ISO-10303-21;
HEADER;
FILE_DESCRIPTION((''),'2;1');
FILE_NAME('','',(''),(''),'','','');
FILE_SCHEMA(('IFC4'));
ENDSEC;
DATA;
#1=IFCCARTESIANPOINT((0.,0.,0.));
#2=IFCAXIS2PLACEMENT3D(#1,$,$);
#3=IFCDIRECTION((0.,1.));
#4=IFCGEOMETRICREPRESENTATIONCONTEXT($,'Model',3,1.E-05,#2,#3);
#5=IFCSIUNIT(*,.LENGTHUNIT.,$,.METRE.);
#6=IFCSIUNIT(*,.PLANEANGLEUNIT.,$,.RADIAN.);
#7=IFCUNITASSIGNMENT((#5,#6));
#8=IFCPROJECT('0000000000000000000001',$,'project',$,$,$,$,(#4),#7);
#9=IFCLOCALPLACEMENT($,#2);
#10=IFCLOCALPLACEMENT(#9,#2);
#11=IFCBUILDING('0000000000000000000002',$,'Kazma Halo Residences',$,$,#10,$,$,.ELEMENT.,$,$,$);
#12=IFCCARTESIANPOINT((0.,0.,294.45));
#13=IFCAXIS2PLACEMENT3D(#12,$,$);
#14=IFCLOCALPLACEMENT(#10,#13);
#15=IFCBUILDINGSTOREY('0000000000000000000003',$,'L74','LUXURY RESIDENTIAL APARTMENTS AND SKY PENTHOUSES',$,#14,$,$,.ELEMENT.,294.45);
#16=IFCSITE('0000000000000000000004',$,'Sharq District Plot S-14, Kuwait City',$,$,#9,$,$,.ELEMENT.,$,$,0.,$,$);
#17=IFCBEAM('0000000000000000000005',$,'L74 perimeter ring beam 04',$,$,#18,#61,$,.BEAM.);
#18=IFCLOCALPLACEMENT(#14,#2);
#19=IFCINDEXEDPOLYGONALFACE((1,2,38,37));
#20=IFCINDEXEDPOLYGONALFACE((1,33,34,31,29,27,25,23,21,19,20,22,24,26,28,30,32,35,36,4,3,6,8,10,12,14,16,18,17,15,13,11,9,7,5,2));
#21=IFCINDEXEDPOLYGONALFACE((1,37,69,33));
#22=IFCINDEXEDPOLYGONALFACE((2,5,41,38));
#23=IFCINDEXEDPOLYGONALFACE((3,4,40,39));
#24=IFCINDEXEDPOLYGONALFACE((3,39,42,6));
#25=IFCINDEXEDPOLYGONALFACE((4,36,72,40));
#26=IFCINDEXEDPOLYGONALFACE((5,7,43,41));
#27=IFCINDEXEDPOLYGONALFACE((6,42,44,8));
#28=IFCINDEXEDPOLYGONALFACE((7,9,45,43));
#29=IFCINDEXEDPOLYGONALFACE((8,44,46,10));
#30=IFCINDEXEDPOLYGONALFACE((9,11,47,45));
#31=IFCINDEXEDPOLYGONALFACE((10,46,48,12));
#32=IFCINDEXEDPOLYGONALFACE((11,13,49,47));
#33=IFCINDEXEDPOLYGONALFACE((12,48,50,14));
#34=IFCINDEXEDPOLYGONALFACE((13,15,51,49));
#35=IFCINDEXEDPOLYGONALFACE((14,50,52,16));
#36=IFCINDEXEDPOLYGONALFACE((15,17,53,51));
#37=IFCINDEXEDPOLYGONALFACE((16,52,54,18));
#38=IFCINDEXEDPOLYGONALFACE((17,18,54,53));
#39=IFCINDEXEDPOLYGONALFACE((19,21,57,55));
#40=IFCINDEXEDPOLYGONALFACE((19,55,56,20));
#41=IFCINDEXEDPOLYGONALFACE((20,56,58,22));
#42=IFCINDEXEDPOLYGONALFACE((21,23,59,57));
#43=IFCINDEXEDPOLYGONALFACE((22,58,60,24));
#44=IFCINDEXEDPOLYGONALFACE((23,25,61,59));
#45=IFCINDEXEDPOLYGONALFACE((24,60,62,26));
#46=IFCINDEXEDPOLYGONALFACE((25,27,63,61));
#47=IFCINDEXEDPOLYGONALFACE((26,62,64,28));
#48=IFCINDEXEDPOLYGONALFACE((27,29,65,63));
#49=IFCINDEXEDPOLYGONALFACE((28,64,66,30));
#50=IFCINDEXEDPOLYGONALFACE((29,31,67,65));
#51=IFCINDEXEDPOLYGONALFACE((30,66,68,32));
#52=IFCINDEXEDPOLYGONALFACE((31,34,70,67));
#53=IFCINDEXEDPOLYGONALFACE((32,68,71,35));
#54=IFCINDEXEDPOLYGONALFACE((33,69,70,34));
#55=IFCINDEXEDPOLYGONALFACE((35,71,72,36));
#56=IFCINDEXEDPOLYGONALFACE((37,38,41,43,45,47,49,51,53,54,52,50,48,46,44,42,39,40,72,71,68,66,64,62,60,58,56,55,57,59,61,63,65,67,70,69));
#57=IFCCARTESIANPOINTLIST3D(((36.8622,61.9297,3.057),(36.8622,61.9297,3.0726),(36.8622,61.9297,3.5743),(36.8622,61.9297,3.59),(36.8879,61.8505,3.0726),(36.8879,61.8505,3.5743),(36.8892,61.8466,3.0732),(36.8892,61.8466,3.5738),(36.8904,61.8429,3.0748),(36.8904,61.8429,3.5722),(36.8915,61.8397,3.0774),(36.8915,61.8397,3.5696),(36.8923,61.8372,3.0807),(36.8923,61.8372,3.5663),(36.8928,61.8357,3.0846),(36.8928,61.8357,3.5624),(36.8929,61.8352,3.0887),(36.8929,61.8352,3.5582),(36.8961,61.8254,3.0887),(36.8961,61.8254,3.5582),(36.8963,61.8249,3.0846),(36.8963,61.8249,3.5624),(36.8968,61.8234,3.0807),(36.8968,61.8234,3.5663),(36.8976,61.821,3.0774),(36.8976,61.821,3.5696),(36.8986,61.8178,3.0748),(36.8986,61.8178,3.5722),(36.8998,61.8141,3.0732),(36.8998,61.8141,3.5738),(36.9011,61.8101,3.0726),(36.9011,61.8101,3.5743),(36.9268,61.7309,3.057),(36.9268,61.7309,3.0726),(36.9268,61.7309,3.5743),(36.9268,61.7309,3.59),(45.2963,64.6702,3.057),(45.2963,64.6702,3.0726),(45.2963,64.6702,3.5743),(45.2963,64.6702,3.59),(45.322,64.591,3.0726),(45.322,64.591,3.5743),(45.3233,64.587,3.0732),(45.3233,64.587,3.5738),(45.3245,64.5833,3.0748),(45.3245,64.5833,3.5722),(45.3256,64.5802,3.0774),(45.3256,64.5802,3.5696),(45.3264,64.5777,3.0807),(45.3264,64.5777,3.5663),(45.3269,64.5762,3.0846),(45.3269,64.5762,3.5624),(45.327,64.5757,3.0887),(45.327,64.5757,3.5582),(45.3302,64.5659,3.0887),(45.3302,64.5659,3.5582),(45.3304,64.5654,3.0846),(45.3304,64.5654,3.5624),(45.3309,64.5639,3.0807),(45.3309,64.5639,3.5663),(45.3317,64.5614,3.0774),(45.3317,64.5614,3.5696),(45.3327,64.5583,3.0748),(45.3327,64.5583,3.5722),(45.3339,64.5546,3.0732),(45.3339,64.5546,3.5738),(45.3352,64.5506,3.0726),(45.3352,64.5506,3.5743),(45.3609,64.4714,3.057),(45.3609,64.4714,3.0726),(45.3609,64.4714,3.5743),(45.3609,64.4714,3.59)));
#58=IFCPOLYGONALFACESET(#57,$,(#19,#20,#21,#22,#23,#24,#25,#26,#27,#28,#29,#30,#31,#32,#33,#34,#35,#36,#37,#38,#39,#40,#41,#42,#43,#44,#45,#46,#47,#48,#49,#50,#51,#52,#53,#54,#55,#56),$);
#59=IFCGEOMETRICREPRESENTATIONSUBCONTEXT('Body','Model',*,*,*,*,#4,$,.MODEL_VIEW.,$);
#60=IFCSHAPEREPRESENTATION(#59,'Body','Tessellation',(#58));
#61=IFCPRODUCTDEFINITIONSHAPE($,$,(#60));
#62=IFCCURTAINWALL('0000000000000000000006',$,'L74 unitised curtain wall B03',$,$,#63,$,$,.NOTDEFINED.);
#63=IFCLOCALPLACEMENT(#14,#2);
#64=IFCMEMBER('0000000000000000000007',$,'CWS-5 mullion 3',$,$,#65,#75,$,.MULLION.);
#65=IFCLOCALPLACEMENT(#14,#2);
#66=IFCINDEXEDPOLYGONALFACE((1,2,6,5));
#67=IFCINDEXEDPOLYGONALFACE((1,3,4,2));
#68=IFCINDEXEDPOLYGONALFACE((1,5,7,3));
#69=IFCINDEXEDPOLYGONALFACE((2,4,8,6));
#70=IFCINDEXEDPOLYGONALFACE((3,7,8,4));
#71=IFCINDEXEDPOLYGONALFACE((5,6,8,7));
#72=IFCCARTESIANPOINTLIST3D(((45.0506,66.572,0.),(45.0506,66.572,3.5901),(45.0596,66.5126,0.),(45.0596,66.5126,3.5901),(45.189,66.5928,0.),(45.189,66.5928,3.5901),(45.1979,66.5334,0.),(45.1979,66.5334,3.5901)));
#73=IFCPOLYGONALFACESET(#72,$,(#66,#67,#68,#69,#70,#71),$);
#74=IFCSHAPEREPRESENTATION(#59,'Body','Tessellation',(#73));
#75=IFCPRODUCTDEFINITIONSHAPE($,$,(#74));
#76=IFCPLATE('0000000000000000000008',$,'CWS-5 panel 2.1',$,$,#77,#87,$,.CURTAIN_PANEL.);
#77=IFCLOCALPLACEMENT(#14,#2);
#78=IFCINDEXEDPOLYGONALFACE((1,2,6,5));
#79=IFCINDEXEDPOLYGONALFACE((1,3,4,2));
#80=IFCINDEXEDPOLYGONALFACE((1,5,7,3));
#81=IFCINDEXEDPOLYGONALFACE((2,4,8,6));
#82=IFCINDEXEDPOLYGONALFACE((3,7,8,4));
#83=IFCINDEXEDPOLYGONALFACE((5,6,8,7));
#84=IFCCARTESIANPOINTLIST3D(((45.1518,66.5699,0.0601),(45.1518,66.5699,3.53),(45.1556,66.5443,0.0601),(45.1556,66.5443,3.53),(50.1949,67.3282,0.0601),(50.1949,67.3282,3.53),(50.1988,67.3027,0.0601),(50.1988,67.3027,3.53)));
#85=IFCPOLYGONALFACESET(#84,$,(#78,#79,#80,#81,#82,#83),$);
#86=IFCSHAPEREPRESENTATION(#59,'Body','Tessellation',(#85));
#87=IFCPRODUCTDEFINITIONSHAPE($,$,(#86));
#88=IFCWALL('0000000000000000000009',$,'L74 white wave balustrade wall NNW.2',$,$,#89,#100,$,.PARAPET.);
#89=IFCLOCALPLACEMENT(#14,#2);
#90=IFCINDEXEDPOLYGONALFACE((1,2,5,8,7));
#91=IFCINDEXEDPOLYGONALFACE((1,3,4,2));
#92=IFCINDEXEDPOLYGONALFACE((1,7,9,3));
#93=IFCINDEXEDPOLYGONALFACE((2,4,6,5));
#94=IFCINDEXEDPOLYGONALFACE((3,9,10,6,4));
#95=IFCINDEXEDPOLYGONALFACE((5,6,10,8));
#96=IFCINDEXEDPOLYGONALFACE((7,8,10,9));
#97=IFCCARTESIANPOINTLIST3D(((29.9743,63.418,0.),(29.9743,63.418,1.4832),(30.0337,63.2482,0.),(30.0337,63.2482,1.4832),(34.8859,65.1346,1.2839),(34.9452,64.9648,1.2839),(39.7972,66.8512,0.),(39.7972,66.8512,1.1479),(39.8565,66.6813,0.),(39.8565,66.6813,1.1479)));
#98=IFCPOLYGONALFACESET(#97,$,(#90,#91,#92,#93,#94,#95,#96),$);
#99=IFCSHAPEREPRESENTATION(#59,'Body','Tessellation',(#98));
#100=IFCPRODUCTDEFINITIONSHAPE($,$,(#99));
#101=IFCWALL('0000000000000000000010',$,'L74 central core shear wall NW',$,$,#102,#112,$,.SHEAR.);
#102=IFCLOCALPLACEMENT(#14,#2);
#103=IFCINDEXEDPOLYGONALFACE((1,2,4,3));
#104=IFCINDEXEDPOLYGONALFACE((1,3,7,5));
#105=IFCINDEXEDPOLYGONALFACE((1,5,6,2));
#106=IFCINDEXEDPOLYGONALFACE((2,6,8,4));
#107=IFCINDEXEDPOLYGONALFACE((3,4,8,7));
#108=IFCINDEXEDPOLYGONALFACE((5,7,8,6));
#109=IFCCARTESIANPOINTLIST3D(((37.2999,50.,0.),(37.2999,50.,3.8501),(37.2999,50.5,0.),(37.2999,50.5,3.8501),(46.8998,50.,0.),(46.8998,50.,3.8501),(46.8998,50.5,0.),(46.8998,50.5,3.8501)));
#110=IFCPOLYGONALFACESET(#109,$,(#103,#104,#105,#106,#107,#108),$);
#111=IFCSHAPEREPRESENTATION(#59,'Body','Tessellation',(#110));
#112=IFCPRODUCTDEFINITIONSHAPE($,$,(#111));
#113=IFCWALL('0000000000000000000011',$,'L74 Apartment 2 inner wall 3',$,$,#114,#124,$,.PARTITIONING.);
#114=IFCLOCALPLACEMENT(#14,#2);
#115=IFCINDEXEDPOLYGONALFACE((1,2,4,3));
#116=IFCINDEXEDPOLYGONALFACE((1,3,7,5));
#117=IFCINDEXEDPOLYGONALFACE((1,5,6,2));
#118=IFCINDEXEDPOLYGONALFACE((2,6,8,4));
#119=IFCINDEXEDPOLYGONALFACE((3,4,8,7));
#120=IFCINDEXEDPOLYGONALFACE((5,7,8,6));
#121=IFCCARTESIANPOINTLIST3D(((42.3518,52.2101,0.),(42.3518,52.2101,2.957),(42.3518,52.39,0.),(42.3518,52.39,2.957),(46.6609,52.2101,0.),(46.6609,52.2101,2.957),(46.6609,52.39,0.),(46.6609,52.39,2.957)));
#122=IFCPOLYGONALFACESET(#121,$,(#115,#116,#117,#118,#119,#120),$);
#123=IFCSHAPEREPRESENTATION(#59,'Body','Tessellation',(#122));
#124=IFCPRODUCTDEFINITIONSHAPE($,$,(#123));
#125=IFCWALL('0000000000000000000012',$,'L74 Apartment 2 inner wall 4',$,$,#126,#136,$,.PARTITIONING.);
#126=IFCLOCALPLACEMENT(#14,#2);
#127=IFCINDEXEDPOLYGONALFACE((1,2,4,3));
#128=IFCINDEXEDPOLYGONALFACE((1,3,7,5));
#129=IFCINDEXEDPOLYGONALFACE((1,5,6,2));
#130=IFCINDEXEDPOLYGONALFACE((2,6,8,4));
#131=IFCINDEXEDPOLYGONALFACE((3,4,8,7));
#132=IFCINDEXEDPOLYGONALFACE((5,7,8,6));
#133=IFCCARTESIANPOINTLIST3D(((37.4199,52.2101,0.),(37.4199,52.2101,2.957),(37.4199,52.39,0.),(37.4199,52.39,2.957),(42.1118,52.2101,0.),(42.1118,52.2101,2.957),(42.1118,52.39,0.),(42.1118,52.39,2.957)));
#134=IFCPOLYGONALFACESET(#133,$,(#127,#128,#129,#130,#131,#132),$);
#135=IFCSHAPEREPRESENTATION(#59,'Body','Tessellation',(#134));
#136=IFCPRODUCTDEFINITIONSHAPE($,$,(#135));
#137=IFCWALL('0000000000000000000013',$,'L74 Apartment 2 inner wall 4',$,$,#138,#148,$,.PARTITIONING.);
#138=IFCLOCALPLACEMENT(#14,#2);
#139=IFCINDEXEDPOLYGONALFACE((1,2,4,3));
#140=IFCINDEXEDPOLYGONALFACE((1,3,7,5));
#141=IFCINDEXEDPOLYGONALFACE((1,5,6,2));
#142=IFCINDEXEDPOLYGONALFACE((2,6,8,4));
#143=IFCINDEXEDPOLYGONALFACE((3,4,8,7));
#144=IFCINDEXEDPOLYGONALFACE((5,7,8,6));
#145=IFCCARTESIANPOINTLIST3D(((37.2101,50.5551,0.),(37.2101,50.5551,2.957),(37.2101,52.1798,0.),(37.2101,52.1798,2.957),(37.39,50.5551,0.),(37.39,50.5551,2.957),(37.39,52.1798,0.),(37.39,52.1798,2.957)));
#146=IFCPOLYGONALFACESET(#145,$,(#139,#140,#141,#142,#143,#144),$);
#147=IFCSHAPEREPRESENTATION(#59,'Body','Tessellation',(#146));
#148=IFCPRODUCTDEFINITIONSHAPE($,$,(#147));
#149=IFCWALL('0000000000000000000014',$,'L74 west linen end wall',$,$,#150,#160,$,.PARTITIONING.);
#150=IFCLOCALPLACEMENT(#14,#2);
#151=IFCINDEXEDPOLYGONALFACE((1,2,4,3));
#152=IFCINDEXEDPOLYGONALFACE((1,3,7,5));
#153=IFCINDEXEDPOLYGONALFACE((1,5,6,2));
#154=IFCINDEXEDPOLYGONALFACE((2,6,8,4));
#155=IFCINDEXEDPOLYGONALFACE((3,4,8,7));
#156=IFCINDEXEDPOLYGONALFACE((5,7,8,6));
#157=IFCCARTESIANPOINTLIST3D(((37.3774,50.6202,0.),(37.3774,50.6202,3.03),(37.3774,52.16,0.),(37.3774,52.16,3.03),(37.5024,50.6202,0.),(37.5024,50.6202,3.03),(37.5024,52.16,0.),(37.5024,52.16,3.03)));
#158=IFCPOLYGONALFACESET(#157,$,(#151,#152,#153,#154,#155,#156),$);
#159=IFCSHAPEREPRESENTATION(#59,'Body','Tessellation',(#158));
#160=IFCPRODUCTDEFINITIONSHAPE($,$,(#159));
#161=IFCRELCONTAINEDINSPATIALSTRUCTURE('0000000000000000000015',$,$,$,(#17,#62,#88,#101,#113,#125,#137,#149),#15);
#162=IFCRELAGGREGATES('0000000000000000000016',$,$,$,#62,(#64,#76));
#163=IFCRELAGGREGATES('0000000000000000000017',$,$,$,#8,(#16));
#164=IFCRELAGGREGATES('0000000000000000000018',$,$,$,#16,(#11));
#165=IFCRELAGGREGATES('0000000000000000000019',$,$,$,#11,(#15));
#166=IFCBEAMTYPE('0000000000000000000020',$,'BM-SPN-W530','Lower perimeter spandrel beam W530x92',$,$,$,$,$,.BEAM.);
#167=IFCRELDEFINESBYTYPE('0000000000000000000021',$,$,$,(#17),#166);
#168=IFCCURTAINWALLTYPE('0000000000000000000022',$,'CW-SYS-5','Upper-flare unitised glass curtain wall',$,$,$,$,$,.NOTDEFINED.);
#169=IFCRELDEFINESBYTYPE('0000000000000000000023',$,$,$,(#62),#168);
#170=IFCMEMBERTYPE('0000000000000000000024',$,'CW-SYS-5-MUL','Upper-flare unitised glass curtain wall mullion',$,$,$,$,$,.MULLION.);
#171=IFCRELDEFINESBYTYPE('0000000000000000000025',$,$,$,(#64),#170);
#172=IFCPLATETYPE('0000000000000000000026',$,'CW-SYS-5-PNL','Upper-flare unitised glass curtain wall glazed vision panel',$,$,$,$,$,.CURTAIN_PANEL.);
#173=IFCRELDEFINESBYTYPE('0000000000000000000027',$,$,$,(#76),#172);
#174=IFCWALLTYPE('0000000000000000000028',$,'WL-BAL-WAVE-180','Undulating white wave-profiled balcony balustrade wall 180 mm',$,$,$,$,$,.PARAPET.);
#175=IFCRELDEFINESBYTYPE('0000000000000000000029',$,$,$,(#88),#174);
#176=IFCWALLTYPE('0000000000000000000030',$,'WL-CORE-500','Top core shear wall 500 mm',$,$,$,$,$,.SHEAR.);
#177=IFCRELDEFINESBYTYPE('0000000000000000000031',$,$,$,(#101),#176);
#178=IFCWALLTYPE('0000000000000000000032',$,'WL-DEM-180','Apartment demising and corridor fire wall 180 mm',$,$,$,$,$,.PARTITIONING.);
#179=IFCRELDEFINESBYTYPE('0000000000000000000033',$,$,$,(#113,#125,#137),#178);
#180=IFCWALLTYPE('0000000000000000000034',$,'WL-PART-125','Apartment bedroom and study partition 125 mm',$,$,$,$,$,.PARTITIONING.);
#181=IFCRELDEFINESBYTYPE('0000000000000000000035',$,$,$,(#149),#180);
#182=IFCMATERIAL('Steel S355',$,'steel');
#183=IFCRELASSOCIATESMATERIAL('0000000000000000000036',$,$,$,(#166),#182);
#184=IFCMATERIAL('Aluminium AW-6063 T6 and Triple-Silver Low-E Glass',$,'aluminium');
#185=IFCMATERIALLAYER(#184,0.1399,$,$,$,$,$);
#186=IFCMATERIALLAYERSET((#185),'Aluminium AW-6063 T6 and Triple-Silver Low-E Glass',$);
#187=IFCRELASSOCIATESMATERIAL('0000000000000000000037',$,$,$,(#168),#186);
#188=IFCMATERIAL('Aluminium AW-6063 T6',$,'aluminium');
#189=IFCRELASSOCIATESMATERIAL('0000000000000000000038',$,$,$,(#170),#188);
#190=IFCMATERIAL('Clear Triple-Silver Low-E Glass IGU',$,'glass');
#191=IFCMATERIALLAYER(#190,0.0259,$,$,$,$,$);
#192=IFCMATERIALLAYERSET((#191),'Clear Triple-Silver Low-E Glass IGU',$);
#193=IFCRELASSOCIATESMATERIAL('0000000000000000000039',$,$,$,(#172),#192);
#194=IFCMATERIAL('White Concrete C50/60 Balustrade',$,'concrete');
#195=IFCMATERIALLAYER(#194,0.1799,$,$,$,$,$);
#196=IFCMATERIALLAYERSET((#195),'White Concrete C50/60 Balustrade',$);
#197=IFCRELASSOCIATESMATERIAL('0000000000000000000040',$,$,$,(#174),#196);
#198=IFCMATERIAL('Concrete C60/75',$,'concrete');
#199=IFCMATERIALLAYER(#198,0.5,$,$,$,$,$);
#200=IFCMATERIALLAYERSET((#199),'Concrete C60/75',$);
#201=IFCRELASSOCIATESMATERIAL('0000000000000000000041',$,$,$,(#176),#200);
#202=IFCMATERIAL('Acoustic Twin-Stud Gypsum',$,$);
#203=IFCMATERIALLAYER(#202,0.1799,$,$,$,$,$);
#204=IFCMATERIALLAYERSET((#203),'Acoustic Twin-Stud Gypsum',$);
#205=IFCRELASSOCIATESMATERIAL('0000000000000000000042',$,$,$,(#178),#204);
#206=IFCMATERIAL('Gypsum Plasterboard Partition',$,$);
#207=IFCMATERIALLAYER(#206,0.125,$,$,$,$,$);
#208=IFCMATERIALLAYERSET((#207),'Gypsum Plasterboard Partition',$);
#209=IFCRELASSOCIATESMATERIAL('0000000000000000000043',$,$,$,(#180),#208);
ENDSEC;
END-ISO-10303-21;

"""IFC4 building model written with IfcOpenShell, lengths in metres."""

from ifc_helpers import new_model, si_unit, direction, frame, frame_2d, origin, origin_2d, place, context, subcontext, project, spatial, polyline, rectangle, i_section, outline, extrude, material, layer, layer_set, material_profile, profile_set, type_object, element, aggregate, save


model = new_model("IFC4")

# Units and contexts
model_context = context("Model", 3, precision=1e-05, world=origin(), true_north=direction((0.0, 1.0)))
body_context = subcontext(model_context, "Body", "Model", "MODEL_VIEW")
ifc_project = project(units=[si_unit("LENGTHUNIT", "METRE"), si_unit("PLANEANGLEUNIT", "RADIAN")], contexts=[model_context])

# Site, building, storey
site_placement = place(None, origin())
site = spatial("IfcSite", under=ifc_project, at=site_placement, Name="Sharq District Plot S-14, Kuwait City", CompositionType="ELEMENT", RefElevation=0.0)
building_placement = place(site_placement, origin())
building = spatial("IfcBuilding", under=site, at=building_placement, Name="Kazma Halo Residences", CompositionType="ELEMENT")
storey_placement = place(building_placement, frame((0.0, 0.0, 294.45)))
storey = spatial("IfcBuildingStorey", under=building, at=storey_placement, Name="L74", Description="LUXURY RESIDENTIAL APARTMENTS AND SKY PENTHOUSES", CompositionType="ELEMENT", Elevation=294.45)

# Shared definitions
ifc_material_1 = material(Name="Concrete C60/75", Category="concrete")

# Beam
ifc_material_2 = material(Name="Steel S355", Category="steel")
ifc_material_profile_1 = material_profile(ifc_material_2, i_section(OverallWidth=0.209, OverallDepth=0.533, WebThickness=0.0103, FlangeThickness=0.0156, FilletRadius=0.0161, at=origin_2d()), Name="W530x92")
ifc_profile_set_1 = profile_set([ifc_material_profile_1], Name="Steel S355")
beam_type_1 = type_object("IfcBeamType", Name="BM-SPN-W530", Description="Lower perimeter spandrel beam W530x92", PredefinedType="BEAM", material=ifc_profile_set_1)
beam_1_placement = place(storey_placement, frame((45.3286, 64.5708, 3.3235), z_axis=(-0.951054, -0.309025, 0.0), x_axis=(0.309025, -0.951054, 0.0)))
element("IfcBeam", 1, at=beam_1_placement, inside=storey, type_object=beam_type_1, Name="L74 perimeter ring beam 04", PredefinedType="BEAM", context=body_context, shape_type="SweptSolid", body=[
    extrude(i_section(OverallWidth=0.209, OverallDepth=0.533, WebThickness=0.0103, FlangeThickness=0.0156, FilletRadius=0.0161, at=origin_2d()), origin(), (0.0, 0.0, 1.0), 8.8682),
])

# Curtain wall, member, plate
ifc_material_3 = material(Name="Aluminium AW-6063 T6 and Triple-Silver Low-E Glass", Category="aluminium")
ifc_layer_1 = layer(ifc_material_3, 0.1399)
ifc_layer_set_1 = layer_set([ifc_layer_1], Name="Aluminium AW-6063 T6 and Triple-Silver Low-E Glass")
curtain_wall_type = type_object("IfcCurtainWallType", Name="CW-SYS-5", Description="Upper-flare unitised glass curtain wall", PredefinedType="NOTDEFINED", material=ifc_layer_set_1)
curtain_wall_placement = place(storey_placement, origin())
curtain_wall = element("IfcCurtainWall", 2, at=curtain_wall_placement, inside=storey, type_object=curtain_wall_type, Name="L74 unitised curtain wall B03", PredefinedType="NOTDEFINED")
ifc_material_4 = material(Name="Aluminium AW-6063 T6", Category="aluminium")
ifc_material_profile_2 = material_profile(ifc_material_4, rectangle(XDim=0.0601, YDim=0.1399, at=origin_2d()), Name="CWM-60x140")
ifc_profile_set_2 = profile_set([ifc_material_profile_2], Name="Aluminium AW-6063 T6")
member_type = type_object("IfcMemberType", Name="CW-SYS-5-MUL", Description="Upper-flare unitised glass curtain wall mullion", PredefinedType="MULLION", material=ifc_profile_set_2)
member_placement = place(storey_placement, frame((45.1243, 66.5527, 0.0), z_axis=(0.0, 0.0, 1.0), x_axis=(0.148697, -0.988883, 0.0)))
member = element("IfcMember", 3, at=member_placement, type_object=member_type, Name="CWS-5 mullion 3", PredefinedType="MULLION", context=body_context, shape_type="SweptSolid", body=[
    extrude(rectangle(XDim=0.0601, YDim=0.1399, at=origin_2d()), origin(), (0.0, 0.0, 1.0), 3.5901),
])
ifc_material_5 = material(Name="Clear Triple-Silver Low-E Glass IGU", Category="glass")
ifc_layer_2 = layer(ifc_material_5, 0.0259)
ifc_layer_set_2 = layer_set([ifc_layer_2], Name="Clear Triple-Silver Low-E Glass IGU")
plate_type = type_object("IfcPlateType", Name="CW-SYS-5-PNL", Description="Upper-flare unitised glass curtain wall glazed vision panel", PredefinedType="CURTAIN_PANEL", material=ifc_layer_set_2)
plate_placement = place(storey_placement, frame((47.6753, 66.9363, 0.0601), z_axis=(0.0, 0.0, 1.0), x_axis=(-0.988883, -0.148697, 0.0)))
plate = element("IfcPlate", 4, at=plate_placement, type_object=plate_type, Name="CWS-5 panel 2.1", PredefinedType="CURTAIN_PANEL", context=body_context, shape_type="SweptSolid", body=[
    extrude(rectangle(XDim=5.0999, YDim=0.0259, at=origin_2d()), origin(), (0.0, 0.0, 1.0), 3.47),
])
aggregate(curtain_wall, [member, plate])

# Walls
ifc_material_6 = material(Name="White Concrete C50/60 Balustrade", Category="concrete")
ifc_layer_3 = layer(ifc_material_6, 0.1799)
ifc_layer_set_3 = layer_set([ifc_layer_3], Name="White Concrete C50/60 Balustrade")
wall_type_1 = type_object("IfcWallType", Name="WL-BAL-WAVE-180", Description="Undulating white wave-profiled balcony balustrade wall 180 mm", PredefinedType="PARAPET", material=ifc_layer_set_3)
wall_1_placement = place(storey_placement, frame((39.8269, 66.7661, 0.0), z_axis=(0.0, 0.0, 1.0), x_axis=(-0.944004, -0.329934, 0.0)))
element("IfcWall", 5, at=wall_1_placement, inside=storey, type_object=wall_type_1, Name="L74 white wave balustrade wall NNW.2", PredefinedType="PARAPET", context=body_context, shape_type="SweptSolid", body=[
    extrude(outline(polyline([(0.0, 0.0), (10.4055, 0.0), (10.4055, 1.4832), (5.2026, 1.2839), (0.0, 1.1479), (0.0, 0.0)])), frame((0.0, 0.0898, 0.0), z_axis=(0.0, -1.0, 0.0), x_axis=(1.0, 0.0, 0.0)), (0.0, 0.0, 1.0), 0.1799),
])
ifc_layer_4 = layer(ifc_material_1, 0.5)
ifc_layer_set_4 = layer_set([ifc_layer_4], Name="Concrete C60/75")
wall_type_2 = type_object("IfcWallType", Name="WL-CORE-500", Description="Top core shear wall 500 mm", PredefinedType="SHEAR", material=ifc_layer_set_4)
wall_2_placement = place(storey_placement, frame((37.3, 50.25, 0.0), z_axis=(0.0, 0.0, 1.0), x_axis=(1.0, 0.0, 0.0)))
element("IfcWall", 6, at=wall_2_placement, inside=storey, type_object=wall_type_2, Name="L74 central core shear wall NW", PredefinedType="SHEAR", context=body_context, shape_type="SweptSolid", body=[
    extrude(rectangle(XDim=9.5999, YDim=0.5, at=frame_2d((4.7998, 0.0))), origin(), (0.0, 0.0, 1.0), 3.8501),
])
ifc_material_7 = material(Name="Acoustic Twin-Stud Gypsum")
ifc_layer_5 = layer(ifc_material_7, 0.1799)
ifc_layer_set_5 = layer_set([ifc_layer_5], Name="Acoustic Twin-Stud Gypsum")
wall_type_3 = type_object("IfcWallType", Name="WL-DEM-180", Description="Apartment demising and corridor fire wall 180 mm", PredefinedType="PARTITIONING", material=ifc_layer_set_5)
wall_3_placement = place(storey_placement, frame((46.6609, 52.3, 0.0), z_axis=(0.0, 0.0, 1.0), x_axis=(-1.0, 0.0, 0.0)))
element("IfcWall", 7, at=wall_3_placement, inside=storey, type_object=wall_type_3, Name="L74 Apartment 2 inner wall 3", PredefinedType="PARTITIONING", context=body_context, shape_type="SweptSolid", body=[
    extrude(rectangle(XDim=4.3091, YDim=0.1799, at=frame_2d((2.1545, 0.0))), origin(), (0.0, 0.0, 1.0), 2.957),
])
wall_4_placement = place(storey_placement, frame((42.1118, 52.3, 0.0), z_axis=(0.0, 0.0, 1.0), x_axis=(-1.0, 0.0, 0.0)))
element("IfcWall", 8, at=wall_4_placement, inside=storey, type_object=wall_type_3, Name="L74 Apartment 2 inner wall 4", PredefinedType="PARTITIONING", context=body_context, shape_type="SweptSolid", body=[
    extrude(rectangle(XDim=4.6919, YDim=0.1799, at=frame_2d((2.3459, 0.0))), origin(), (0.0, 0.0, 1.0), 2.957),
])
wall_5_placement = place(storey_placement, frame((37.3, 52.1799, 0.0), z_axis=(0.0, 0.0, 1.0), x_axis=(0.0, -1.0, 0.0)))
element("IfcWall", 9, at=wall_5_placement, inside=storey, type_object=wall_type_3, Name="L74 Apartment 2 inner wall 4", PredefinedType="PARTITIONING", context=body_context, shape_type="SweptSolid", body=[
    extrude(rectangle(XDim=1.6248, YDim=0.1799, at=frame_2d((0.8125, 0.0))), origin(), (0.0, 0.0, 1.0), 2.957),
])

# Wall
ifc_material_8 = material(Name="Gypsum Plasterboard Partition")
ifc_layer_6 = layer(ifc_material_8, 0.125)
ifc_layer_set_6 = layer_set([ifc_layer_6], Name="Gypsum Plasterboard Partition")
wall_type_4 = type_object("IfcWallType", Name="WL-PART-125", Description="Apartment bedroom and study partition 125 mm", PredefinedType="PARTITIONING", material=ifc_layer_set_6)
wall_6_placement = place(storey_placement, frame((37.4399, 50.6201, 0.0), z_axis=(0.0, 0.0, 1.0), x_axis=(0.0, 1.0, 0.0)))
element("IfcWall", 10, at=wall_6_placement, inside=storey, type_object=wall_type_4, Name="L74 west linen end wall", PredefinedType="PARTITIONING", context=body_context, shape_type="SweptSolid", body=[
    extrude(rectangle(XDim=1.5398, YDim=0.125, at=frame_2d((0.77, 0.0))), origin(), (0.0, 0.0, 1.0), 3.03),
])

save(model, "model.ifc")
